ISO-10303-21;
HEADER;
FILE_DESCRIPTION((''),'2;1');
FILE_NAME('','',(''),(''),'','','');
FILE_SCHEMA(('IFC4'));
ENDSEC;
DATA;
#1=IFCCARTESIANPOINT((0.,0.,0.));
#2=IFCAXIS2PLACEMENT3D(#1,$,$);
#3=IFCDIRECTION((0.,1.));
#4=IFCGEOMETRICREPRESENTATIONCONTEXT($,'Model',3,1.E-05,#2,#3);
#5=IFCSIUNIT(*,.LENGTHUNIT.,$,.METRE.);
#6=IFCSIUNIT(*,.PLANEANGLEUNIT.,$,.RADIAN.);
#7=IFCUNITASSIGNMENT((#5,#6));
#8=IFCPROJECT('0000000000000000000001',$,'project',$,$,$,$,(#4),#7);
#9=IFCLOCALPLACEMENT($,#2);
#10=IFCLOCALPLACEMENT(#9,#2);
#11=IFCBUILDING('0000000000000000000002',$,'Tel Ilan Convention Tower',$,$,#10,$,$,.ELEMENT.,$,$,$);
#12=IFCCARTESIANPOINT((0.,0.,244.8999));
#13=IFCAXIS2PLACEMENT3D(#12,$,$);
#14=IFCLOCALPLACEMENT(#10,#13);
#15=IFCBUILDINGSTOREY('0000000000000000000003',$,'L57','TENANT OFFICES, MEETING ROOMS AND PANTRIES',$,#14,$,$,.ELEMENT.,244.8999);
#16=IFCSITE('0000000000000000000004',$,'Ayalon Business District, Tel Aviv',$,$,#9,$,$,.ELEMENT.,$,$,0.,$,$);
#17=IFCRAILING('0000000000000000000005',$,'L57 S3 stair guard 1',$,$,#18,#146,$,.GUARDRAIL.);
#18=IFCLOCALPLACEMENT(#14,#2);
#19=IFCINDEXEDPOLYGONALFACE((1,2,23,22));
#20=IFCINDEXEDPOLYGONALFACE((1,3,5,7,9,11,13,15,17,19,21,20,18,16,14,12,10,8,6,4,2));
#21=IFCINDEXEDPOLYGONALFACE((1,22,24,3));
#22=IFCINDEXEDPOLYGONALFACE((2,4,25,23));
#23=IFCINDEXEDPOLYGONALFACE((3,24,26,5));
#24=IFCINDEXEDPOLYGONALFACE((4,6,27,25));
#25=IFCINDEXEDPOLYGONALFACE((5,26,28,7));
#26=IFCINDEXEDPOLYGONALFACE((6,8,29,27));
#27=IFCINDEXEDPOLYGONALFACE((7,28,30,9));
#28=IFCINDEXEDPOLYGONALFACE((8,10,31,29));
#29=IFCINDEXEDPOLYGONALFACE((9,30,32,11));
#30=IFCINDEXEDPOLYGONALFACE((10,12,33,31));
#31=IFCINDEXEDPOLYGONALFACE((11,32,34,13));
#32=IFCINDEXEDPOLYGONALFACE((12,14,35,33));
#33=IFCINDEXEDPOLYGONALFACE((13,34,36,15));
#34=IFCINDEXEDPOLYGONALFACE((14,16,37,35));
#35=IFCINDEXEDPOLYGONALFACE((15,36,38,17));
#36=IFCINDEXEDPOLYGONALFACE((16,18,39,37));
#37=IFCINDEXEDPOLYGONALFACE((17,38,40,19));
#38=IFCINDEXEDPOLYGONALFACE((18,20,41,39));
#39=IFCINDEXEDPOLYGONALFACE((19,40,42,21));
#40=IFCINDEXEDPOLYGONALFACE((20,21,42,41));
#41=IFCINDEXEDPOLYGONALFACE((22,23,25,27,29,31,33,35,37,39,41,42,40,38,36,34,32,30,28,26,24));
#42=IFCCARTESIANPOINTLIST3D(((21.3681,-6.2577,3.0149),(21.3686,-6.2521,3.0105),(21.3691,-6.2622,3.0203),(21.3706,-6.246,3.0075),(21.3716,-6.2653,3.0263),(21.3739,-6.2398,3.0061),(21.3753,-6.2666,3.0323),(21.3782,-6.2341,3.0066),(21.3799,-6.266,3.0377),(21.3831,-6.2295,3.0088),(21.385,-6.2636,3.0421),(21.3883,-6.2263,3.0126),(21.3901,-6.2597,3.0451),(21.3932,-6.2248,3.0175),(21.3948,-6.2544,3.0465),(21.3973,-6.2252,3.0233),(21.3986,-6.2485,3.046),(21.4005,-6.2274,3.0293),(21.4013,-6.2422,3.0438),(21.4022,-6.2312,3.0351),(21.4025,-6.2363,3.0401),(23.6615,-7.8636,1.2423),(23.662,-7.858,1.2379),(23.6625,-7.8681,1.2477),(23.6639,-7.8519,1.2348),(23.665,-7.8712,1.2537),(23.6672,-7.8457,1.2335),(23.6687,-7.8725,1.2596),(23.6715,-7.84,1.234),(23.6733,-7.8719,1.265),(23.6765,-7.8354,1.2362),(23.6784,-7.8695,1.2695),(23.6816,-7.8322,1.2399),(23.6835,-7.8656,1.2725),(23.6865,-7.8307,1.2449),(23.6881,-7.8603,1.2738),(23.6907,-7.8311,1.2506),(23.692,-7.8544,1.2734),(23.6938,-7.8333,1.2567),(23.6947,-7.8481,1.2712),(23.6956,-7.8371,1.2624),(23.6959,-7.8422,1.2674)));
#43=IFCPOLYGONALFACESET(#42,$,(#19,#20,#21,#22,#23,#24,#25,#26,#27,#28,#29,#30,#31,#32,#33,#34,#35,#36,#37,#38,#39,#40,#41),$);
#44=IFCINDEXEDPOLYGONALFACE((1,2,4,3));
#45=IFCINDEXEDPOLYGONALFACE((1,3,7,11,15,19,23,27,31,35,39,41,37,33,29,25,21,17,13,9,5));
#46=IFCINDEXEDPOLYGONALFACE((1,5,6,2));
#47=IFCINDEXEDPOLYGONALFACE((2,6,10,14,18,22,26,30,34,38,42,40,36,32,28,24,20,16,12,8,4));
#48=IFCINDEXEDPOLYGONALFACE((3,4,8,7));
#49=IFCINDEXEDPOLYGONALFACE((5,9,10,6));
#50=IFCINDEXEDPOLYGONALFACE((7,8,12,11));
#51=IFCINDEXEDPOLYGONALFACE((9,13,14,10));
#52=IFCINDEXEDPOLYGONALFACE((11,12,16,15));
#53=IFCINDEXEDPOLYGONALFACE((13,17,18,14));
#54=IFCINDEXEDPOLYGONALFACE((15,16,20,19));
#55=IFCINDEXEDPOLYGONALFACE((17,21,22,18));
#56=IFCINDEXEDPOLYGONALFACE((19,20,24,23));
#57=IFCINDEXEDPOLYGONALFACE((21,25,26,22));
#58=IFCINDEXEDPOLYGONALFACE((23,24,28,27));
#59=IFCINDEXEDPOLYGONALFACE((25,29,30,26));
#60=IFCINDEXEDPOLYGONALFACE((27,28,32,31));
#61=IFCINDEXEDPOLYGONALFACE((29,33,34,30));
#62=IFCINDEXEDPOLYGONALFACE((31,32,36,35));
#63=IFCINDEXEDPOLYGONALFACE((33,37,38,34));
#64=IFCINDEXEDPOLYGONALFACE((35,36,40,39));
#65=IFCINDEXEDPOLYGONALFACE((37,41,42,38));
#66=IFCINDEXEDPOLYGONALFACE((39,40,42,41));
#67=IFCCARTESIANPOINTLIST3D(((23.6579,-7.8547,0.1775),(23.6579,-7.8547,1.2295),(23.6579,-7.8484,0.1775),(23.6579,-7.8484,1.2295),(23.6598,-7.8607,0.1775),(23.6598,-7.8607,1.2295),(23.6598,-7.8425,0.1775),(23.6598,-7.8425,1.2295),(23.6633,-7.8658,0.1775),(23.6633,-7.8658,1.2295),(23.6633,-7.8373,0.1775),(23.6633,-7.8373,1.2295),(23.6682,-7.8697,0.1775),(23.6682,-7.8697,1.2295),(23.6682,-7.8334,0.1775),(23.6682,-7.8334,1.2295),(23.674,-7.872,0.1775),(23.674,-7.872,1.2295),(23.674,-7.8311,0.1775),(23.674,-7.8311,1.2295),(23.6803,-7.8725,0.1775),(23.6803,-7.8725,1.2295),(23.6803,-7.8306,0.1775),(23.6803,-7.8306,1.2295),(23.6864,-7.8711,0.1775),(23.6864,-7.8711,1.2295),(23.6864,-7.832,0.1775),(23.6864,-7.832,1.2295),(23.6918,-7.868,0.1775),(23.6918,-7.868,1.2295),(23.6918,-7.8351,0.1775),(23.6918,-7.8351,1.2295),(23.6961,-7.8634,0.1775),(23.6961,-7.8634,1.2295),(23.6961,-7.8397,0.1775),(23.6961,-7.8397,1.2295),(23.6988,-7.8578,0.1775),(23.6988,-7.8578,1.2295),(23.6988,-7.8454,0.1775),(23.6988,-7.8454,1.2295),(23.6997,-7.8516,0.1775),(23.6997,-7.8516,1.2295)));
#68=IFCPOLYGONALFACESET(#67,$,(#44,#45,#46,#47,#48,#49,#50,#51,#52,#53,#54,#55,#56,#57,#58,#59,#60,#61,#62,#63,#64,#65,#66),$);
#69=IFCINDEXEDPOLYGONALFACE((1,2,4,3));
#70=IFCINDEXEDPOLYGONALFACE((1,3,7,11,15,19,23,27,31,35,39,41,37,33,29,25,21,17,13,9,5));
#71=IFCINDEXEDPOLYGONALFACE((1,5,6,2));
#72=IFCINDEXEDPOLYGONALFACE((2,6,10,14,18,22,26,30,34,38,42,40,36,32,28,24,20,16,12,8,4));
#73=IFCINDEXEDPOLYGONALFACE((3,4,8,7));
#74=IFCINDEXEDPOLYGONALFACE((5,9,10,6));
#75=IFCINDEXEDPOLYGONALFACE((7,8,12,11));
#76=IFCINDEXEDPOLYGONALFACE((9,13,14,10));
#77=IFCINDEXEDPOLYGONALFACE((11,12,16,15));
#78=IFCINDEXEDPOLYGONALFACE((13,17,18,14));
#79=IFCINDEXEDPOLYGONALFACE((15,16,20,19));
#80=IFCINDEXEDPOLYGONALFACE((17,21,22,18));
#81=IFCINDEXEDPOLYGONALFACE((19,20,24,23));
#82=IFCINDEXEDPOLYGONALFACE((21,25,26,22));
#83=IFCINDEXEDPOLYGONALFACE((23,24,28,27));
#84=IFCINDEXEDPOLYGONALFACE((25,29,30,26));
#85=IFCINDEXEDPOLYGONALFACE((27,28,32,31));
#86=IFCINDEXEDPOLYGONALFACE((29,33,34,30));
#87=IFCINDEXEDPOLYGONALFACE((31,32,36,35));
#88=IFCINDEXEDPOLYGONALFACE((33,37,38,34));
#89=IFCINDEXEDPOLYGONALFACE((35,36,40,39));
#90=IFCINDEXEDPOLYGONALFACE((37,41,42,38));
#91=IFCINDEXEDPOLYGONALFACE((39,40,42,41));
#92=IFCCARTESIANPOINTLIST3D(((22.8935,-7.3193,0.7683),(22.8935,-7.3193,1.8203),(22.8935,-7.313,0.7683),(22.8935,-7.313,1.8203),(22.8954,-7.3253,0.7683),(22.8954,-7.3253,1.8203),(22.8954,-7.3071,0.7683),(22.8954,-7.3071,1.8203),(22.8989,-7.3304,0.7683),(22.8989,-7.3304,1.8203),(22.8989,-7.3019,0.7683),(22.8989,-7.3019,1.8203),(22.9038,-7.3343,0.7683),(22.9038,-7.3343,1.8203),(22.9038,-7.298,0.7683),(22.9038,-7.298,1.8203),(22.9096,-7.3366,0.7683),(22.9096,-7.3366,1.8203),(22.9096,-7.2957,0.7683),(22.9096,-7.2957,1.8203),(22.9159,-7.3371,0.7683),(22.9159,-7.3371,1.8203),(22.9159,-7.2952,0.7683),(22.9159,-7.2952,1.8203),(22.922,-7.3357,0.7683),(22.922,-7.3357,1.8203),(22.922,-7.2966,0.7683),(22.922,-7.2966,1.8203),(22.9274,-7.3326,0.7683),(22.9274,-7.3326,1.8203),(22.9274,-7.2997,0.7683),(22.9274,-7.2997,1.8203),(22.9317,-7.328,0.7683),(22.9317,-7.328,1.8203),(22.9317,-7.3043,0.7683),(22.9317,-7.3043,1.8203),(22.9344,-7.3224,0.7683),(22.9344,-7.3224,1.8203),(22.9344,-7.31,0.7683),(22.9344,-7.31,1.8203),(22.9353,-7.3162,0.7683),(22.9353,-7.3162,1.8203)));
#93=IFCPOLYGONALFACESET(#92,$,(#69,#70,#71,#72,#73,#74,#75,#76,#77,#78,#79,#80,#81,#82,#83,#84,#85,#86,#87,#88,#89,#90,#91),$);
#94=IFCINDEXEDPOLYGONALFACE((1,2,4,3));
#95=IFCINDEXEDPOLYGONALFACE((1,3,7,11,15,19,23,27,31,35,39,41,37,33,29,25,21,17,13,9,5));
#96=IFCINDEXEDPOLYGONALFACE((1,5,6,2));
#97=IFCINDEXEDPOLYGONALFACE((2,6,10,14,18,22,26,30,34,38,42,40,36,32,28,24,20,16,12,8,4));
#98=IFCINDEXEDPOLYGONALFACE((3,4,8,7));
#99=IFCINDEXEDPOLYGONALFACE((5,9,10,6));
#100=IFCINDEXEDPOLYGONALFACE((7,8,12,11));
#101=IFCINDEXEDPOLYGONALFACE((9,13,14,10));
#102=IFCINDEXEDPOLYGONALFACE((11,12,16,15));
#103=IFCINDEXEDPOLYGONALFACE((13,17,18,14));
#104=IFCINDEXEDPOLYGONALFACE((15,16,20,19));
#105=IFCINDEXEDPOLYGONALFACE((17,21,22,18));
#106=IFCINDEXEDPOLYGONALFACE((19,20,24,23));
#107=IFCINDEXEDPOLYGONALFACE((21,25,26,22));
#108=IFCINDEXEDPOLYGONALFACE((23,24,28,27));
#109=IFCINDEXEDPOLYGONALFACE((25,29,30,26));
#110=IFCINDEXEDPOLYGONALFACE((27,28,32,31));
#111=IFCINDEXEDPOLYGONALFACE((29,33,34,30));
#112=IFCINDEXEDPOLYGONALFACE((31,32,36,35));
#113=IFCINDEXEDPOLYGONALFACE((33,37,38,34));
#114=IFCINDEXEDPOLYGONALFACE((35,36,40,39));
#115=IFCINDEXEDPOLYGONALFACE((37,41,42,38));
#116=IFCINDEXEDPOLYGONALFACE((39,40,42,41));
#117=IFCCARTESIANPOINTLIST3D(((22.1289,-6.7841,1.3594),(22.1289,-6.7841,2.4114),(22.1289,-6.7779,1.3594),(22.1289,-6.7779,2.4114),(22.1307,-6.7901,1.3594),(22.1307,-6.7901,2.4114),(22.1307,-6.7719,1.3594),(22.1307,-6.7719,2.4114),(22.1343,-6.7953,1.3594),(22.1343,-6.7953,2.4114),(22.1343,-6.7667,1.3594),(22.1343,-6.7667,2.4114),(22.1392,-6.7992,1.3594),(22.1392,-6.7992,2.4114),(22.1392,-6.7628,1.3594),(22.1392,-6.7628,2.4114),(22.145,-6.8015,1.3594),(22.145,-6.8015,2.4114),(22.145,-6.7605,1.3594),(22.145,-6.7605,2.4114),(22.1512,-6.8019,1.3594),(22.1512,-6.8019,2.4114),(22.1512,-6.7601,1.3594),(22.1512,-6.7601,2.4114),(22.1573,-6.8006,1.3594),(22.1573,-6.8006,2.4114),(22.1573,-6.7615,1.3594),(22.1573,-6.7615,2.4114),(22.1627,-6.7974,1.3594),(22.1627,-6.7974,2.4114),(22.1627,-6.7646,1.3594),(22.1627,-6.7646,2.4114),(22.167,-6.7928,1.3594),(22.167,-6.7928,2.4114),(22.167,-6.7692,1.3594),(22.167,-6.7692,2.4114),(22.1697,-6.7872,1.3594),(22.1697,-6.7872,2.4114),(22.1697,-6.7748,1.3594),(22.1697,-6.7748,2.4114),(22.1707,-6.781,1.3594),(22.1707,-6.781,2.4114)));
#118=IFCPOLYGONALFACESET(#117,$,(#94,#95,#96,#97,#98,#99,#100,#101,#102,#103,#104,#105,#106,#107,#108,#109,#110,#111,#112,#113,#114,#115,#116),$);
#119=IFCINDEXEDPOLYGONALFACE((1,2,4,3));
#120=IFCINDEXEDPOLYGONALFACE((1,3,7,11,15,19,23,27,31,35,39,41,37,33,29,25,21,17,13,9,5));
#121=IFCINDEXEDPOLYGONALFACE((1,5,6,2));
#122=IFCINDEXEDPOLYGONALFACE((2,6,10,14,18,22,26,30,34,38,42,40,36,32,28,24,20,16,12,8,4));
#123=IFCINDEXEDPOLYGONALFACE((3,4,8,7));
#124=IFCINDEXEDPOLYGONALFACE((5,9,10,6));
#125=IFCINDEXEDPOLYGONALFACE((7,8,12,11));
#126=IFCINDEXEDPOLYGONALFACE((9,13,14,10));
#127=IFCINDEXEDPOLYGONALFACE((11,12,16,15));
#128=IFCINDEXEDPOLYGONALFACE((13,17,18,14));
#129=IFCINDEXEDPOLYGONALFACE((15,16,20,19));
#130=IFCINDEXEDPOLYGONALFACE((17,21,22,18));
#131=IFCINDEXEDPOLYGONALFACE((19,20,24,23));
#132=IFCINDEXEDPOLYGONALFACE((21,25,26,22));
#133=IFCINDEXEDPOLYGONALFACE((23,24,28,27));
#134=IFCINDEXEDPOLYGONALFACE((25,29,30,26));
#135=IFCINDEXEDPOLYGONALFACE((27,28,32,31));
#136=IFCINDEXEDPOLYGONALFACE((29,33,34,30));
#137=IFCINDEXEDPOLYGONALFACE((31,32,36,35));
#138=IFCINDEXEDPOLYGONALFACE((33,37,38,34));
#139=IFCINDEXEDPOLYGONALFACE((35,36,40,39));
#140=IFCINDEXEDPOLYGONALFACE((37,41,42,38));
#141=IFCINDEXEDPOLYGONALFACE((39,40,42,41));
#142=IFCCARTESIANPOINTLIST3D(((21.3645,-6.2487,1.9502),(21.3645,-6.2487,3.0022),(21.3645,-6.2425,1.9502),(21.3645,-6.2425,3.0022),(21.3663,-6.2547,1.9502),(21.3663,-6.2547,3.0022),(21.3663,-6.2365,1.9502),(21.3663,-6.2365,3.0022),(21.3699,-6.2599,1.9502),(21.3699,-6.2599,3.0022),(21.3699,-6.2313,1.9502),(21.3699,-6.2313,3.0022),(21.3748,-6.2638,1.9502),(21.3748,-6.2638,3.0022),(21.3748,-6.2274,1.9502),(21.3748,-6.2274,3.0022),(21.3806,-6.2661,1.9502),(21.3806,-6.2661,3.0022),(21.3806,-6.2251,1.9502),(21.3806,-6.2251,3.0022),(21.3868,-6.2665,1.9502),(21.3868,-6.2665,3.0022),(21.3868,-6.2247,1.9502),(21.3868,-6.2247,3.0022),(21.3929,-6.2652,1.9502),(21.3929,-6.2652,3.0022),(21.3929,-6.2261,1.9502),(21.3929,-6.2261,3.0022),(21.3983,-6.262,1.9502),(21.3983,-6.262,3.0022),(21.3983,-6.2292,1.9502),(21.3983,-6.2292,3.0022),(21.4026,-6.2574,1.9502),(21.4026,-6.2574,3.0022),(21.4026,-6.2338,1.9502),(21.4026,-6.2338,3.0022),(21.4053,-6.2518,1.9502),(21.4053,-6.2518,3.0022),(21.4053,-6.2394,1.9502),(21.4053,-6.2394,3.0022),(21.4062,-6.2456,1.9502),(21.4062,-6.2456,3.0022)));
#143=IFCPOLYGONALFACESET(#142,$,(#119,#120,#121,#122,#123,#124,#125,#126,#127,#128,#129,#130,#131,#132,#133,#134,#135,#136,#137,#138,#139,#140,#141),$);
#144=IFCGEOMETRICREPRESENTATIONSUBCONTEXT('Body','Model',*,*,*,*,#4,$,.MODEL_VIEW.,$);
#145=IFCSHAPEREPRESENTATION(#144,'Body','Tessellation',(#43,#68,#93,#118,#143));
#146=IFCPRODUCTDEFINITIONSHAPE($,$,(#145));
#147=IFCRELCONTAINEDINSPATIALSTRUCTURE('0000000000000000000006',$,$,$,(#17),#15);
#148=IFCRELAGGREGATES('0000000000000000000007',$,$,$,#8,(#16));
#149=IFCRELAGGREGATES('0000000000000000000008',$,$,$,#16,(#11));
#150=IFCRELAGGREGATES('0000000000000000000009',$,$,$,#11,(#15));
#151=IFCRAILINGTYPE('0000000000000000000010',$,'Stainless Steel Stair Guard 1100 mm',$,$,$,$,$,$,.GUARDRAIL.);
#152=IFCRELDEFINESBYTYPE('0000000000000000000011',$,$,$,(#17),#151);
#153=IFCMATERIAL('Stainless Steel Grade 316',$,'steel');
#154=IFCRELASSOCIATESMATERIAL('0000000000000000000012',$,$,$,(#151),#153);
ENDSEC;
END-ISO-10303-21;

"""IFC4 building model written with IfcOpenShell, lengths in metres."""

from ifc_helpers import new_model, si_unit, direction, frame, origin, origin_2d, place, context, subcontext, project, spatial, circle, extrude, material, type_object, element, save


model = new_model("IFC4")

# Units and contexts
model_context = context("Model", 3, precision=1e-05, world=origin(), true_north=direction((0.0, 1.0)))
body_context = subcontext(model_context, "Body", "Model", "MODEL_VIEW")
ifc_project = project(units=[si_unit("LENGTHUNIT", "METRE"), si_unit("PLANEANGLEUNIT", "RADIAN")], contexts=[model_context])

# Site, building, storey
site_placement = place(None, origin())
site = spatial("IfcSite", under=ifc_project, at=site_placement, Name="Ayalon Business District, Tel Aviv", CompositionType="ELEMENT", RefElevation=0.0)
building_placement = place(site_placement, origin())
building = spatial("IfcBuilding", under=site, at=building_placement, Name="Tel Ilan Convention Tower", CompositionType="ELEMENT")
storey_placement = place(building_placement, frame((0.0, 0.0, 244.8999)))
storey = spatial("IfcBuildingStorey", under=building, at=storey_placement, Name="L57", Description="TENANT OFFICES, MEETING ROOMS AND PANTRIES", CompositionType="ELEMENT", Elevation=244.8999)

# Railing
ifc_material_1 = material(Name="Stainless Steel Grade 316", Category="steel")
railing_type_1 = type_object("IfcRailingType", Name="Stainless Steel Stair Guard 1100 mm", PredefinedType="GUARDRAIL", material=ifc_material_1)
railing_1_placement = place(storey_placement, frame((23.6787, -7.8516, 0.1775)))
element("IfcRailing", 1, at=railing_1_placement, inside=storey, type_object=railing_type_1, Name="L57 S3 stair guard 1", PredefinedType="GUARDRAIL", context=body_context, shape_type="SweptSolid", body=[
    extrude(circle(Radius=0.0239, at=origin_2d()), frame((0.0, 0.0, 1.0762), z_axis=(-0.692085, 0.484621, 0.53494), x_axis=(-0.573591, -0.819142, 0.0)), (0.0, 0.0, 1.0), 3.3137),
    extrude(circle(Radius=0.021, at=origin_2d()), origin(), (0.0, 0.0, 1.0), 1.052),
    extrude(circle(Radius=0.021, at=origin_2d()), frame((-0.7644, 0.5354, 0.5908)), (0.0, 0.0, 1.0), 1.052),
    extrude(circle(Radius=0.021, at=origin_2d()), frame((-1.5291, 1.0706, 1.1819)), (0.0, 0.0, 1.0), 1.052),
    extrude(circle(Radius=0.021, at=origin_2d()), frame((-2.2935, 1.606, 1.7727)), (0.0, 0.0, 1.0), 1.052),
])

save(model, "model.ifc")
